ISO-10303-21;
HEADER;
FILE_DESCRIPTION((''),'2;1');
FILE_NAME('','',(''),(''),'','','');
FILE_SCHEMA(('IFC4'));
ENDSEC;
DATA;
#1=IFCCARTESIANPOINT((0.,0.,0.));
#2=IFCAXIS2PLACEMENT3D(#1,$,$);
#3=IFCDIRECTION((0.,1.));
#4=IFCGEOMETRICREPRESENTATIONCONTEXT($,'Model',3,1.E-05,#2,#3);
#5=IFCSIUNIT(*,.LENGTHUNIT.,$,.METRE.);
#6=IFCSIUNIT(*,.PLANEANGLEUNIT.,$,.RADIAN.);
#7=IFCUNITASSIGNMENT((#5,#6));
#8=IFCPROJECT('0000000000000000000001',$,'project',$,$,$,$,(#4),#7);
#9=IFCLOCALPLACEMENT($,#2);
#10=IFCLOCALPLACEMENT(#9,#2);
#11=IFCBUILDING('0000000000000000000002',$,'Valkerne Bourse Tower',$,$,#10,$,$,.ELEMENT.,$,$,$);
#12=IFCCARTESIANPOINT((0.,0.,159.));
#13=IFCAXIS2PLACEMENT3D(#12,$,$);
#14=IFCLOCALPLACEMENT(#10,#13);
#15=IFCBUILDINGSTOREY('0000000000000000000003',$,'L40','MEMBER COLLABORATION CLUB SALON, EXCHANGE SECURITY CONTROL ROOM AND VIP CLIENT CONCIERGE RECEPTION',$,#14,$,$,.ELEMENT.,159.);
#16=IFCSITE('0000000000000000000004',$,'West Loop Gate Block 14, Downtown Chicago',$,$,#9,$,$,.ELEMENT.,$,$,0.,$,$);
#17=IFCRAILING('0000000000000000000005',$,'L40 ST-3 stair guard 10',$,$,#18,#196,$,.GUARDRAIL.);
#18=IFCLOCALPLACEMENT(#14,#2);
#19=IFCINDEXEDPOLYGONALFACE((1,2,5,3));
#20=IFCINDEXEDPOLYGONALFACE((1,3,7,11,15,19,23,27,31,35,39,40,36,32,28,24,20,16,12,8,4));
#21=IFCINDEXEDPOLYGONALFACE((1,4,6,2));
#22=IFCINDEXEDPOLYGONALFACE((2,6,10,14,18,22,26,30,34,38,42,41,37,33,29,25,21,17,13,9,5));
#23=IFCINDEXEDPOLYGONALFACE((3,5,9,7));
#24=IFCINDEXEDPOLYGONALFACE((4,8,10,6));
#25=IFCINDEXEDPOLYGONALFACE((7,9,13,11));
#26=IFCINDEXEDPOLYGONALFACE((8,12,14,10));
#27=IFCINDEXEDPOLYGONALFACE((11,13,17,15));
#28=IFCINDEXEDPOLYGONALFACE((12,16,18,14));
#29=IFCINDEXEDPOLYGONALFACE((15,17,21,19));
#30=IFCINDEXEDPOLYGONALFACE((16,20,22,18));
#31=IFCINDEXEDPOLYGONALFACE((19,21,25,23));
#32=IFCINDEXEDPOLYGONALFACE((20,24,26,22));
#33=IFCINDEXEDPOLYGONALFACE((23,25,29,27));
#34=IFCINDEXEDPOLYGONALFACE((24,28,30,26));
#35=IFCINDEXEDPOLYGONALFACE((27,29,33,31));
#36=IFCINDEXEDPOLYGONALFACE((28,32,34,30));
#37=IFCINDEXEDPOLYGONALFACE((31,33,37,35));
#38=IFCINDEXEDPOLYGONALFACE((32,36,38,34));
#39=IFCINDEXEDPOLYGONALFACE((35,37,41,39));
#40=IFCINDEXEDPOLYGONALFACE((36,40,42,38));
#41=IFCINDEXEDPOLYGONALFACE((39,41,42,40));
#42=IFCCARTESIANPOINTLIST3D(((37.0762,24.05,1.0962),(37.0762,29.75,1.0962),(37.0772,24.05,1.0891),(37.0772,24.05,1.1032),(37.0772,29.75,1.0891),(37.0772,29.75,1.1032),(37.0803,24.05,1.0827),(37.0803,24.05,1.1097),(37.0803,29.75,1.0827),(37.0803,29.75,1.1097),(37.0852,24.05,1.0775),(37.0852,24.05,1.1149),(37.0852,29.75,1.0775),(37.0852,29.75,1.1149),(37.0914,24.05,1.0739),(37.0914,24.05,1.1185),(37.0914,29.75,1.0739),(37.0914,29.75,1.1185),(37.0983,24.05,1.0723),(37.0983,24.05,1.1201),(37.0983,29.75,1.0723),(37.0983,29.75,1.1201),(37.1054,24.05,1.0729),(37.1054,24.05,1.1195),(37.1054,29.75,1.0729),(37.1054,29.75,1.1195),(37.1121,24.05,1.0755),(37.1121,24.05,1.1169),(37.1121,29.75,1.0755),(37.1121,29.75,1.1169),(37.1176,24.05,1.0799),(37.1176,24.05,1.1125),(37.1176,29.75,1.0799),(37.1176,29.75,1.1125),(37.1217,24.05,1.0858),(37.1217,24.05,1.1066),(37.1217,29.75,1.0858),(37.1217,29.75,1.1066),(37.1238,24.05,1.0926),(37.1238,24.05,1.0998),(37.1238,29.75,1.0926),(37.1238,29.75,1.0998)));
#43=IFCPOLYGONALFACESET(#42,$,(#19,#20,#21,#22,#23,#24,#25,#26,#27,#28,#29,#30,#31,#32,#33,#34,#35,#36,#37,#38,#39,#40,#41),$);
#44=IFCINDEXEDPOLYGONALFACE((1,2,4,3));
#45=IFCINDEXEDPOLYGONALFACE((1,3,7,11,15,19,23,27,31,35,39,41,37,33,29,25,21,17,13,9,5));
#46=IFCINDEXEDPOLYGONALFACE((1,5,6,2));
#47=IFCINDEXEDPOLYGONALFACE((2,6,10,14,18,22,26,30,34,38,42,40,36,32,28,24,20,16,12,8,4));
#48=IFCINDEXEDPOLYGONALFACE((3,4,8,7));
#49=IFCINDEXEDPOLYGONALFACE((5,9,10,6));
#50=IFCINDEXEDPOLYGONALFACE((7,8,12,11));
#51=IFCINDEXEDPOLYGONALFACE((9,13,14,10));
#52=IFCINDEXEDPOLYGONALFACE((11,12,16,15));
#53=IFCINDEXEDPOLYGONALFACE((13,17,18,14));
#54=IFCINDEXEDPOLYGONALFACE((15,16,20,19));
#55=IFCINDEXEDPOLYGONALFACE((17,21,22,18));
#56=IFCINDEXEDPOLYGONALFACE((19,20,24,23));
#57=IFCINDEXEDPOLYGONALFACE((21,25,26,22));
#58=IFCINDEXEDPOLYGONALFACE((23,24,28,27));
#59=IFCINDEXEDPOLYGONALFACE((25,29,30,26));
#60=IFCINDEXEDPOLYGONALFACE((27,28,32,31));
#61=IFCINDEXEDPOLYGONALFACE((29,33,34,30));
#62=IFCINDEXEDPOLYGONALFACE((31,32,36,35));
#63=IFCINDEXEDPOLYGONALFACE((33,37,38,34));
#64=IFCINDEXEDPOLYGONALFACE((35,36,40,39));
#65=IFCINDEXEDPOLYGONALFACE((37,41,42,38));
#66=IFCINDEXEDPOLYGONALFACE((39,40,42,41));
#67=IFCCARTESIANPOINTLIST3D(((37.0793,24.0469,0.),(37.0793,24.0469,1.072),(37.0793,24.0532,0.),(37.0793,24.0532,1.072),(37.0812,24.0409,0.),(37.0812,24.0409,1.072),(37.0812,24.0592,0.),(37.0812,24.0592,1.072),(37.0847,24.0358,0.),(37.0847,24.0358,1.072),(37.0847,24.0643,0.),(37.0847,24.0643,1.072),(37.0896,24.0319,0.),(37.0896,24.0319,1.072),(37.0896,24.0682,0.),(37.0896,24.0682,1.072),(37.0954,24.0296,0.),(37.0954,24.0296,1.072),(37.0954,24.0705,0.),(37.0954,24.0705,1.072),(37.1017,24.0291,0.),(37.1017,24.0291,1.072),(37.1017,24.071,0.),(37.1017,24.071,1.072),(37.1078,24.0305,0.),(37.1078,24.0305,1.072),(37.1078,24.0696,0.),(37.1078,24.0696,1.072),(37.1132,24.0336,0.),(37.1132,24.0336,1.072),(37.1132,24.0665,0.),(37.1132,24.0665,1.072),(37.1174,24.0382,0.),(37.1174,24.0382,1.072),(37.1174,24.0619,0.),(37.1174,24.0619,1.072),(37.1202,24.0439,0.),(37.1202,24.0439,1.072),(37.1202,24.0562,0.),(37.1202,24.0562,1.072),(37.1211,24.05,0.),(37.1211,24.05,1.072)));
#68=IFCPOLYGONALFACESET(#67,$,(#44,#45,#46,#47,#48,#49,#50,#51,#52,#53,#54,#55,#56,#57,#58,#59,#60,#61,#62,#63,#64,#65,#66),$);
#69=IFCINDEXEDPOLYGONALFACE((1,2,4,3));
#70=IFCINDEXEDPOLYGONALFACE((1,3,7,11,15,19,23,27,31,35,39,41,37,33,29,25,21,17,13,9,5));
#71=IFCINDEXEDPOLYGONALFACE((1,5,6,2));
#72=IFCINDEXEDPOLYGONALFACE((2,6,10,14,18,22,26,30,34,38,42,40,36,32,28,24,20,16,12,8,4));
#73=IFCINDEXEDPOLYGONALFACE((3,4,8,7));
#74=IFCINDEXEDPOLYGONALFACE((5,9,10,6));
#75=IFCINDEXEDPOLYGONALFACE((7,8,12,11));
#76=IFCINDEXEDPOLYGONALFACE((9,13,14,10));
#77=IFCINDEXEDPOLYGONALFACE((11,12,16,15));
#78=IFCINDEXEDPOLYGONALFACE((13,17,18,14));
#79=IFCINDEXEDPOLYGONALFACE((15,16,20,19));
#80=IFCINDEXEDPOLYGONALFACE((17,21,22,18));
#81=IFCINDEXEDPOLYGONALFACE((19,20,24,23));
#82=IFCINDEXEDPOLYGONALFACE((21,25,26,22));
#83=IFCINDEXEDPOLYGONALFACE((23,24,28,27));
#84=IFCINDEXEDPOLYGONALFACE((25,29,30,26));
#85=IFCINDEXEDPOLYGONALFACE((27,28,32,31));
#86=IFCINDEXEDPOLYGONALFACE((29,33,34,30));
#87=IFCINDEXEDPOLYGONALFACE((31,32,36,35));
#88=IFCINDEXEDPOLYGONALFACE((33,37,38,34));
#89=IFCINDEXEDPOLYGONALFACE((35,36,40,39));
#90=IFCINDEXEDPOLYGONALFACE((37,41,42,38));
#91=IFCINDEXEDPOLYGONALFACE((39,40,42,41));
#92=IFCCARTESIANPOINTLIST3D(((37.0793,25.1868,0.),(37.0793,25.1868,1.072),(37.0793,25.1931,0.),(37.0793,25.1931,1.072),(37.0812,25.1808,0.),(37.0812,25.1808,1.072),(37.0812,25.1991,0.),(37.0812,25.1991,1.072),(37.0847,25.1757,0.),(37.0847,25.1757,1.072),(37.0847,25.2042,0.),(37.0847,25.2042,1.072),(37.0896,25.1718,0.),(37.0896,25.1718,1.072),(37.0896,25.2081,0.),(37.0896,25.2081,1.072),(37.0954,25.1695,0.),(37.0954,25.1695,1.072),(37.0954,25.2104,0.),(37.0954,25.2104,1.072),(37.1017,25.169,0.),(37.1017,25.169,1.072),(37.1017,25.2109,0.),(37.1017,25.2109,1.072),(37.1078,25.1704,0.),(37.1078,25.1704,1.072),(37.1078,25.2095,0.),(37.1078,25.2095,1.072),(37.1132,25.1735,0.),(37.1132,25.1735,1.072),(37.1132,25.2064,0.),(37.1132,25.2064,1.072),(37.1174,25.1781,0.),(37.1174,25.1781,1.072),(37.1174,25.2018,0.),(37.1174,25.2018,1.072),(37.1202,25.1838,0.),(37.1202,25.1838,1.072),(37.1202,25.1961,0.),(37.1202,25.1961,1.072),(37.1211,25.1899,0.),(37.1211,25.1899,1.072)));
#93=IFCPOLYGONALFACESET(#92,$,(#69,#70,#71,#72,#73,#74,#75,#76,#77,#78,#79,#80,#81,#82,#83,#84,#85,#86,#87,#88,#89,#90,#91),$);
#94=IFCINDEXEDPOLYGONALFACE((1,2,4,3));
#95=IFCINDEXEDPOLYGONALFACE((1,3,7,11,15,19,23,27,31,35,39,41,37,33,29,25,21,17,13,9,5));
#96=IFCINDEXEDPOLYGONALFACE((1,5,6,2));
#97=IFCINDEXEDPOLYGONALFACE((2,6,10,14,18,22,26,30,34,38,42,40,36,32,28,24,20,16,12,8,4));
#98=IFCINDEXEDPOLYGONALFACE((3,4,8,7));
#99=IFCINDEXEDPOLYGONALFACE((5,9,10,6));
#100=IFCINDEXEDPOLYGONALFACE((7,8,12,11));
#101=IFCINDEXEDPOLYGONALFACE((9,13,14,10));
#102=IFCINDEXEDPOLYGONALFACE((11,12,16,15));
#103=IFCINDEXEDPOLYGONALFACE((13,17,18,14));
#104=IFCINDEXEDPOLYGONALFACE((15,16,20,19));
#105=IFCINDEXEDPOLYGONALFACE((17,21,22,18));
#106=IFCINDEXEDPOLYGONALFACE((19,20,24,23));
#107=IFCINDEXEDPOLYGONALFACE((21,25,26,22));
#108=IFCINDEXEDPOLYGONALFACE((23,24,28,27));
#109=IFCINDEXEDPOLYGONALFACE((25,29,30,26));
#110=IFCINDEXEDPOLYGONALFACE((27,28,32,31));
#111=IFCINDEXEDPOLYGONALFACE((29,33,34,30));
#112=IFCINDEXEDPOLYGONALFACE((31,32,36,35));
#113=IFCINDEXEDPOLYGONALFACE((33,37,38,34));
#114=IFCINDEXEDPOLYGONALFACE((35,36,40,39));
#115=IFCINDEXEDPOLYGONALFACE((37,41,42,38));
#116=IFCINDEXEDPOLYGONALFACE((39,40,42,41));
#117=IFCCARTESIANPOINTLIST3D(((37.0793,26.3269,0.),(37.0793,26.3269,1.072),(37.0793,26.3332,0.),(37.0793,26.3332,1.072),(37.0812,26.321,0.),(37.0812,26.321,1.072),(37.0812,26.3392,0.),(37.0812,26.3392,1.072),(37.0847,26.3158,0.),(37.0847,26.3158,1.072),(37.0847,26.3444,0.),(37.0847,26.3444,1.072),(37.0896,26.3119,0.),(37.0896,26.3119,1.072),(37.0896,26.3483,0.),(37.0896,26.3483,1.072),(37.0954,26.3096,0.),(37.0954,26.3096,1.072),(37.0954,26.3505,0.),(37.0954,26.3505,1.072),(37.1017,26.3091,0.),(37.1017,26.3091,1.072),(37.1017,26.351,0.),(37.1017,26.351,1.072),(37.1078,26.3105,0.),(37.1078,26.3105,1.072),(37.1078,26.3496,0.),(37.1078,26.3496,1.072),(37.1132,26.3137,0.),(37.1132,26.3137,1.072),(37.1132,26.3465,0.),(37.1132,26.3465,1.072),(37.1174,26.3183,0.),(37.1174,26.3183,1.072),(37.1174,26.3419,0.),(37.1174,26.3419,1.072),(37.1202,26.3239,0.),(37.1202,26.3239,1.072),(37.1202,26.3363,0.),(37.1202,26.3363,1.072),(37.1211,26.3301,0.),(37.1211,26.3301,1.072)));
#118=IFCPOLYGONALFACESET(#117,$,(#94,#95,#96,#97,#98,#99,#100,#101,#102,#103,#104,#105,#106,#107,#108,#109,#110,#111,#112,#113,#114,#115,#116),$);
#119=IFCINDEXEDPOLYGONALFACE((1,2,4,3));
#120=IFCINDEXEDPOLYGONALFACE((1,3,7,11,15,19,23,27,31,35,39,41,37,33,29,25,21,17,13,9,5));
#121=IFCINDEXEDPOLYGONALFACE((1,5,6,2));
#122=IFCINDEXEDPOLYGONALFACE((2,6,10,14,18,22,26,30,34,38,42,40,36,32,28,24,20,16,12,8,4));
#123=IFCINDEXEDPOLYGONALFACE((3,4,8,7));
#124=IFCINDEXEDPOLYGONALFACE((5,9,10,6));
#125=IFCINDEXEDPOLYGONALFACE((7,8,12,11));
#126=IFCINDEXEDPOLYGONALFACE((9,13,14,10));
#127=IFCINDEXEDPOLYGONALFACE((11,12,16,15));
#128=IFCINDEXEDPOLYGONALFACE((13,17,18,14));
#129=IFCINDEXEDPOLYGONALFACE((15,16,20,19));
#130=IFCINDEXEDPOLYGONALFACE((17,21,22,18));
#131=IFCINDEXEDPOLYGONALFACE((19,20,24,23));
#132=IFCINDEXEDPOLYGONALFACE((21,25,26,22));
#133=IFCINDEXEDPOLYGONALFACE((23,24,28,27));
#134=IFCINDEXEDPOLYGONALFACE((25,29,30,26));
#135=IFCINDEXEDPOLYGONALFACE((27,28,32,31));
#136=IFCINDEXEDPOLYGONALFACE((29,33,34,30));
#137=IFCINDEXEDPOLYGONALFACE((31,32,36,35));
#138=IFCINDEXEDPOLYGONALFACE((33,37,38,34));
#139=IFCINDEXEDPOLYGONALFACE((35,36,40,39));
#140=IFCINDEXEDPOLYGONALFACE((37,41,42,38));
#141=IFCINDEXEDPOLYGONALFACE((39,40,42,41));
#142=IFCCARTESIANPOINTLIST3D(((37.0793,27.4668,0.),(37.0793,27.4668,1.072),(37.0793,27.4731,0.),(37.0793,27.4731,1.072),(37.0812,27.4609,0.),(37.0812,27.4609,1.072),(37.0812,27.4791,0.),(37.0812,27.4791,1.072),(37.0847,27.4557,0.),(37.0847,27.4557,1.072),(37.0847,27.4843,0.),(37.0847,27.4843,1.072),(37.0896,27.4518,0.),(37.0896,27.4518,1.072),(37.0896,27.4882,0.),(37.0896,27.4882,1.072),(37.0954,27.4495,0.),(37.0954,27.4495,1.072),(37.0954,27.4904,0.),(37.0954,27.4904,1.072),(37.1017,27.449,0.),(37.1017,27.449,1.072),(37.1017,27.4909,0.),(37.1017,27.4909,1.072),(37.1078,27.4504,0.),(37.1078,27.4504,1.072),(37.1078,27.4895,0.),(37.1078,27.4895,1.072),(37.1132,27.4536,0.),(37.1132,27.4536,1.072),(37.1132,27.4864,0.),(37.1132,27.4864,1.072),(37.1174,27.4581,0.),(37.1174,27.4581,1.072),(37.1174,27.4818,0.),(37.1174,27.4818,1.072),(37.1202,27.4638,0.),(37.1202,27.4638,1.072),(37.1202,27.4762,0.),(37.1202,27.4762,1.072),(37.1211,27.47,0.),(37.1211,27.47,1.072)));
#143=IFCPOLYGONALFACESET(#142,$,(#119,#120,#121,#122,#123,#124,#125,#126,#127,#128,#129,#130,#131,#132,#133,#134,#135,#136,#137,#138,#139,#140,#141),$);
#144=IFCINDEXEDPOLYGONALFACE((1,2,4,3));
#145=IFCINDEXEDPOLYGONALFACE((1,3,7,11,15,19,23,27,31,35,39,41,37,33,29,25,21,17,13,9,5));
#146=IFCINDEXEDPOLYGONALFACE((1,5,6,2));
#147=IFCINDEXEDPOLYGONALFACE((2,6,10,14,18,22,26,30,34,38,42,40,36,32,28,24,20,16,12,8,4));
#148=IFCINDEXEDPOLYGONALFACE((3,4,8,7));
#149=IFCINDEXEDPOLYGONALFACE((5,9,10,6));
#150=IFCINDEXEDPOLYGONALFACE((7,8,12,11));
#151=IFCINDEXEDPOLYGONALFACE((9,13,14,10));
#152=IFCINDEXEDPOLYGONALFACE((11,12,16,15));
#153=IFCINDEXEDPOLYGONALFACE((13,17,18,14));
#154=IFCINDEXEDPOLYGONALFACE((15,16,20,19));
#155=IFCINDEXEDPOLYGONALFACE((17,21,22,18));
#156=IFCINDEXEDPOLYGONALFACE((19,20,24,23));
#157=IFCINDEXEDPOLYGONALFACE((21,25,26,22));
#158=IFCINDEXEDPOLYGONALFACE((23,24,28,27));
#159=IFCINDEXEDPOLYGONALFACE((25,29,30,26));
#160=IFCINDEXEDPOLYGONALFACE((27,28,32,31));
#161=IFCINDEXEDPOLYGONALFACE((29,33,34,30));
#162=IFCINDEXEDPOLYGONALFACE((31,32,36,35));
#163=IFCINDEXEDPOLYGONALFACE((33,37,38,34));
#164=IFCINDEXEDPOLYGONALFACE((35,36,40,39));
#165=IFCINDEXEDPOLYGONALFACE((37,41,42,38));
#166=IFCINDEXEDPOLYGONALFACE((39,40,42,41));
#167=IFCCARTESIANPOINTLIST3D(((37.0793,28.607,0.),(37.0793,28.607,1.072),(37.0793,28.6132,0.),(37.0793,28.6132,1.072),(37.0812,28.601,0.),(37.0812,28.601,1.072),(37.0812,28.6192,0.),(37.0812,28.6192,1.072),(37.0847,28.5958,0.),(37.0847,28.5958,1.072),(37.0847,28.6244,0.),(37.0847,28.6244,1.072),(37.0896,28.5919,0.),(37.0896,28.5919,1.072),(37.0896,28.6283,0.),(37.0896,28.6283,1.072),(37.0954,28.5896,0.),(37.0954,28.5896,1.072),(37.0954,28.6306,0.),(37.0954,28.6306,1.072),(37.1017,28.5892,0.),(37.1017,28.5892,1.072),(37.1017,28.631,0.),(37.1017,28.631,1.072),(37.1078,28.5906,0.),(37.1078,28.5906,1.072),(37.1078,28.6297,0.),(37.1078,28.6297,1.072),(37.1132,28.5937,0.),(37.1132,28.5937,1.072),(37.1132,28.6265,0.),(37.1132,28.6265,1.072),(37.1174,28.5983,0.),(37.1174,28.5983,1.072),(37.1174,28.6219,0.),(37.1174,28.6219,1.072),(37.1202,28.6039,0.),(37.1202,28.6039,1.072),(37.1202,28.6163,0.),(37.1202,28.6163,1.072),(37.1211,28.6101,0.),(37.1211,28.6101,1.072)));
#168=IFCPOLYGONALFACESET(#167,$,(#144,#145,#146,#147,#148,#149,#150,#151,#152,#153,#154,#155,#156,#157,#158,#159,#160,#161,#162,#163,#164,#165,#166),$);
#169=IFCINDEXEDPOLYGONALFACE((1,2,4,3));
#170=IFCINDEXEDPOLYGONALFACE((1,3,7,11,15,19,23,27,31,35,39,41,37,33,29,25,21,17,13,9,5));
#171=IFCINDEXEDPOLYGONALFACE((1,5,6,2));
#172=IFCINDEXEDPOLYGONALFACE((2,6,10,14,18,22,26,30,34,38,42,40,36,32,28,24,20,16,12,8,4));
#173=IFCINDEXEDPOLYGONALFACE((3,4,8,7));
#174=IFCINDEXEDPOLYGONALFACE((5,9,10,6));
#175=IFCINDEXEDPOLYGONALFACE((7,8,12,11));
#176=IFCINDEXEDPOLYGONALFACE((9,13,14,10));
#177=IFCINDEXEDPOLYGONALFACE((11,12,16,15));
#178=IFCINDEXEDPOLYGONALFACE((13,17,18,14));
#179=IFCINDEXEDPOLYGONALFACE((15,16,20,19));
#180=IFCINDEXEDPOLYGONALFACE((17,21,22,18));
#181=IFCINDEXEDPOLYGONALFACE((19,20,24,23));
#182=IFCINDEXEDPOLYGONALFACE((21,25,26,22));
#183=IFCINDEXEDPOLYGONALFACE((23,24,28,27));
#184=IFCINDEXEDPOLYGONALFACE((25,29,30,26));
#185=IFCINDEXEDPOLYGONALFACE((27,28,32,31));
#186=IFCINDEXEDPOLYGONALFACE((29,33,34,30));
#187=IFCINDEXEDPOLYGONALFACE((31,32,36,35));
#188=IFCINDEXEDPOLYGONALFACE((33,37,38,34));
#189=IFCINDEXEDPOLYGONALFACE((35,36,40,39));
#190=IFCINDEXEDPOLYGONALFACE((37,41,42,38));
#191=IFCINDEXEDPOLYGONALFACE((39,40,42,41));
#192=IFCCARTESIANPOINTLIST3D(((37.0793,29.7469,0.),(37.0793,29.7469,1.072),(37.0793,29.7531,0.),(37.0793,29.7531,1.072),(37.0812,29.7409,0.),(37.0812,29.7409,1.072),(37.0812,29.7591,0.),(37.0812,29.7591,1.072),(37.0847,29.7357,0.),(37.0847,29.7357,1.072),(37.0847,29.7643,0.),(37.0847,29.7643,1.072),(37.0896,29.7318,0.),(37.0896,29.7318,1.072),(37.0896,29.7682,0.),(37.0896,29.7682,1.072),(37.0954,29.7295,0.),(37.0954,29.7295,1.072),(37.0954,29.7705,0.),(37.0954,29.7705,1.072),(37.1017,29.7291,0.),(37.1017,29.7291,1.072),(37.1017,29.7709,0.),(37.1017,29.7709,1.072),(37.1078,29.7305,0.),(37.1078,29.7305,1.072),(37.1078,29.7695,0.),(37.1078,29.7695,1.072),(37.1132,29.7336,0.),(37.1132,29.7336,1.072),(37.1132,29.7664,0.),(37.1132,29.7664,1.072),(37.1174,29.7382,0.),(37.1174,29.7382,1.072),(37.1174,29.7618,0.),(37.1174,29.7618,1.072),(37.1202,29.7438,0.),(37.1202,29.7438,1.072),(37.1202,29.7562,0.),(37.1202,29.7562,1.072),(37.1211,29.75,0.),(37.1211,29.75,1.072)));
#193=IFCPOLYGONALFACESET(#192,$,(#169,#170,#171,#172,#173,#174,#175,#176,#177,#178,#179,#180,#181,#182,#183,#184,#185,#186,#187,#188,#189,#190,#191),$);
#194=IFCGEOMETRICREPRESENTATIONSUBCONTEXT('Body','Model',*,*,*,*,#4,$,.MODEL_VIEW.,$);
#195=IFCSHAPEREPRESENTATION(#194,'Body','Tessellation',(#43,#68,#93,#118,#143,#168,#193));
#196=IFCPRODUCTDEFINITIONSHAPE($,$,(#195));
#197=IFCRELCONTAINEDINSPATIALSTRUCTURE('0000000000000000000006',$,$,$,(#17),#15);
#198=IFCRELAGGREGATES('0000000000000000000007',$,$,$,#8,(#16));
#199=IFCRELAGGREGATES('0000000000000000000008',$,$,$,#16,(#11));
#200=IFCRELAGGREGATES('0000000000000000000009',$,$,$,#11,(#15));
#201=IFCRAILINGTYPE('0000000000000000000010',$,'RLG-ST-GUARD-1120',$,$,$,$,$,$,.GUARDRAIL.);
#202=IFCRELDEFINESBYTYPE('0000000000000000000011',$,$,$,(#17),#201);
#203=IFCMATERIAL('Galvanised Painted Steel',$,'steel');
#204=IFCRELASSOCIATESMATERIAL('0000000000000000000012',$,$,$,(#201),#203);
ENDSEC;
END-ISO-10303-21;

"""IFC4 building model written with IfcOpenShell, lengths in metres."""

from ifc_helpers import new_model, si_unit, direction, frame, origin, origin_2d, place, context, subcontext, project, spatial, circle, extrude, material, type_object, element, save


model = new_model("IFC4")

# Units and contexts
model_context = context("Model", 3, precision=1e-05, world=origin(), true_north=direction((0.0, 1.0)))
body_context = subcontext(model_context, "Body", "Model", "MODEL_VIEW")
ifc_project = project(units=[si_unit("LENGTHUNIT", "METRE"), si_unit("PLANEANGLEUNIT", "RADIAN")], contexts=[model_context])

# Site, building, storey
site_placement = place(None, origin())
site = spatial("IfcSite", under=ifc_project, at=site_placement, Name="West Loop Gate Block 14, Downtown Chicago", CompositionType="ELEMENT", RefElevation=0.0)
building_placement = place(site_placement, origin())
building = spatial("IfcBuilding", under=site, at=building_placement, Name="Valkerne Bourse Tower", CompositionType="ELEMENT")
storey_placement = place(building_placement, frame((0.0, 0.0, 159.0)))
storey = spatial("IfcBuildingStorey", under=building, at=storey_placement, Name="L40", Description="MEMBER COLLABORATION CLUB SALON, EXCHANGE SECURITY CONTROL ROOM AND VIP CLIENT CONCIERGE RECEPTION", CompositionType="ELEMENT", Elevation=159.0)

# Shared definitions
ifc_material_1 = material(Name="Galvanised Painted Steel", Category="steel")

# Railing
railing_type = type_object("IfcRailingType", Name="RLG-ST-GUARD-1120", PredefinedType="GUARDRAIL", material=ifc_material_1)
for number, where, name in (
    (1, (37.1001, 24.05, 0.0), "L40 ST-3 stair guard 10"),
):
    element("IfcRailing", number, at=place(storey_placement, frame(where)), inside=storey, type_object=railing_type, Name=name, PredefinedType="GUARDRAIL", context=body_context, shape_type="SweptSolid", body=[
        extrude(circle(Radius=0.0239, at=origin_2d()), frame((0.0, 0.0, 1.0962), z_axis=(0.0, 1.0, 0.0), x_axis=(-1.0, 0.0, 0.0)), (0.0, 0.0, 1.0), 5.7),
        extrude(circle(Radius=0.021, at=origin_2d()), origin(), (0.0, 0.0, 1.0), 1.072),
        extrude(circle(Radius=0.021, at=origin_2d()), frame((0.0, 1.1399, 0.0)), (0.0, 0.0, 1.0), 1.072),
        extrude(circle(Radius=0.021, at=origin_2d()), frame((0.0, 2.28, 0.0)), (0.0, 0.0, 1.0), 1.072),
        extrude(circle(Radius=0.021, at=origin_2d()), frame((0.0, 3.4199, 0.0)), (0.0, 0.0, 1.0), 1.072),
        extrude(circle(Radius=0.021, at=origin_2d()), frame((0.0, 4.5601, 0.0)), (0.0, 0.0, 1.0), 1.072),
        extrude(circle(Radius=0.021, at=origin_2d()), frame((0.0, 5.7, 0.0)), (0.0, 0.0, 1.0), 1.072),
    ])

save(model, "model.ifc")
